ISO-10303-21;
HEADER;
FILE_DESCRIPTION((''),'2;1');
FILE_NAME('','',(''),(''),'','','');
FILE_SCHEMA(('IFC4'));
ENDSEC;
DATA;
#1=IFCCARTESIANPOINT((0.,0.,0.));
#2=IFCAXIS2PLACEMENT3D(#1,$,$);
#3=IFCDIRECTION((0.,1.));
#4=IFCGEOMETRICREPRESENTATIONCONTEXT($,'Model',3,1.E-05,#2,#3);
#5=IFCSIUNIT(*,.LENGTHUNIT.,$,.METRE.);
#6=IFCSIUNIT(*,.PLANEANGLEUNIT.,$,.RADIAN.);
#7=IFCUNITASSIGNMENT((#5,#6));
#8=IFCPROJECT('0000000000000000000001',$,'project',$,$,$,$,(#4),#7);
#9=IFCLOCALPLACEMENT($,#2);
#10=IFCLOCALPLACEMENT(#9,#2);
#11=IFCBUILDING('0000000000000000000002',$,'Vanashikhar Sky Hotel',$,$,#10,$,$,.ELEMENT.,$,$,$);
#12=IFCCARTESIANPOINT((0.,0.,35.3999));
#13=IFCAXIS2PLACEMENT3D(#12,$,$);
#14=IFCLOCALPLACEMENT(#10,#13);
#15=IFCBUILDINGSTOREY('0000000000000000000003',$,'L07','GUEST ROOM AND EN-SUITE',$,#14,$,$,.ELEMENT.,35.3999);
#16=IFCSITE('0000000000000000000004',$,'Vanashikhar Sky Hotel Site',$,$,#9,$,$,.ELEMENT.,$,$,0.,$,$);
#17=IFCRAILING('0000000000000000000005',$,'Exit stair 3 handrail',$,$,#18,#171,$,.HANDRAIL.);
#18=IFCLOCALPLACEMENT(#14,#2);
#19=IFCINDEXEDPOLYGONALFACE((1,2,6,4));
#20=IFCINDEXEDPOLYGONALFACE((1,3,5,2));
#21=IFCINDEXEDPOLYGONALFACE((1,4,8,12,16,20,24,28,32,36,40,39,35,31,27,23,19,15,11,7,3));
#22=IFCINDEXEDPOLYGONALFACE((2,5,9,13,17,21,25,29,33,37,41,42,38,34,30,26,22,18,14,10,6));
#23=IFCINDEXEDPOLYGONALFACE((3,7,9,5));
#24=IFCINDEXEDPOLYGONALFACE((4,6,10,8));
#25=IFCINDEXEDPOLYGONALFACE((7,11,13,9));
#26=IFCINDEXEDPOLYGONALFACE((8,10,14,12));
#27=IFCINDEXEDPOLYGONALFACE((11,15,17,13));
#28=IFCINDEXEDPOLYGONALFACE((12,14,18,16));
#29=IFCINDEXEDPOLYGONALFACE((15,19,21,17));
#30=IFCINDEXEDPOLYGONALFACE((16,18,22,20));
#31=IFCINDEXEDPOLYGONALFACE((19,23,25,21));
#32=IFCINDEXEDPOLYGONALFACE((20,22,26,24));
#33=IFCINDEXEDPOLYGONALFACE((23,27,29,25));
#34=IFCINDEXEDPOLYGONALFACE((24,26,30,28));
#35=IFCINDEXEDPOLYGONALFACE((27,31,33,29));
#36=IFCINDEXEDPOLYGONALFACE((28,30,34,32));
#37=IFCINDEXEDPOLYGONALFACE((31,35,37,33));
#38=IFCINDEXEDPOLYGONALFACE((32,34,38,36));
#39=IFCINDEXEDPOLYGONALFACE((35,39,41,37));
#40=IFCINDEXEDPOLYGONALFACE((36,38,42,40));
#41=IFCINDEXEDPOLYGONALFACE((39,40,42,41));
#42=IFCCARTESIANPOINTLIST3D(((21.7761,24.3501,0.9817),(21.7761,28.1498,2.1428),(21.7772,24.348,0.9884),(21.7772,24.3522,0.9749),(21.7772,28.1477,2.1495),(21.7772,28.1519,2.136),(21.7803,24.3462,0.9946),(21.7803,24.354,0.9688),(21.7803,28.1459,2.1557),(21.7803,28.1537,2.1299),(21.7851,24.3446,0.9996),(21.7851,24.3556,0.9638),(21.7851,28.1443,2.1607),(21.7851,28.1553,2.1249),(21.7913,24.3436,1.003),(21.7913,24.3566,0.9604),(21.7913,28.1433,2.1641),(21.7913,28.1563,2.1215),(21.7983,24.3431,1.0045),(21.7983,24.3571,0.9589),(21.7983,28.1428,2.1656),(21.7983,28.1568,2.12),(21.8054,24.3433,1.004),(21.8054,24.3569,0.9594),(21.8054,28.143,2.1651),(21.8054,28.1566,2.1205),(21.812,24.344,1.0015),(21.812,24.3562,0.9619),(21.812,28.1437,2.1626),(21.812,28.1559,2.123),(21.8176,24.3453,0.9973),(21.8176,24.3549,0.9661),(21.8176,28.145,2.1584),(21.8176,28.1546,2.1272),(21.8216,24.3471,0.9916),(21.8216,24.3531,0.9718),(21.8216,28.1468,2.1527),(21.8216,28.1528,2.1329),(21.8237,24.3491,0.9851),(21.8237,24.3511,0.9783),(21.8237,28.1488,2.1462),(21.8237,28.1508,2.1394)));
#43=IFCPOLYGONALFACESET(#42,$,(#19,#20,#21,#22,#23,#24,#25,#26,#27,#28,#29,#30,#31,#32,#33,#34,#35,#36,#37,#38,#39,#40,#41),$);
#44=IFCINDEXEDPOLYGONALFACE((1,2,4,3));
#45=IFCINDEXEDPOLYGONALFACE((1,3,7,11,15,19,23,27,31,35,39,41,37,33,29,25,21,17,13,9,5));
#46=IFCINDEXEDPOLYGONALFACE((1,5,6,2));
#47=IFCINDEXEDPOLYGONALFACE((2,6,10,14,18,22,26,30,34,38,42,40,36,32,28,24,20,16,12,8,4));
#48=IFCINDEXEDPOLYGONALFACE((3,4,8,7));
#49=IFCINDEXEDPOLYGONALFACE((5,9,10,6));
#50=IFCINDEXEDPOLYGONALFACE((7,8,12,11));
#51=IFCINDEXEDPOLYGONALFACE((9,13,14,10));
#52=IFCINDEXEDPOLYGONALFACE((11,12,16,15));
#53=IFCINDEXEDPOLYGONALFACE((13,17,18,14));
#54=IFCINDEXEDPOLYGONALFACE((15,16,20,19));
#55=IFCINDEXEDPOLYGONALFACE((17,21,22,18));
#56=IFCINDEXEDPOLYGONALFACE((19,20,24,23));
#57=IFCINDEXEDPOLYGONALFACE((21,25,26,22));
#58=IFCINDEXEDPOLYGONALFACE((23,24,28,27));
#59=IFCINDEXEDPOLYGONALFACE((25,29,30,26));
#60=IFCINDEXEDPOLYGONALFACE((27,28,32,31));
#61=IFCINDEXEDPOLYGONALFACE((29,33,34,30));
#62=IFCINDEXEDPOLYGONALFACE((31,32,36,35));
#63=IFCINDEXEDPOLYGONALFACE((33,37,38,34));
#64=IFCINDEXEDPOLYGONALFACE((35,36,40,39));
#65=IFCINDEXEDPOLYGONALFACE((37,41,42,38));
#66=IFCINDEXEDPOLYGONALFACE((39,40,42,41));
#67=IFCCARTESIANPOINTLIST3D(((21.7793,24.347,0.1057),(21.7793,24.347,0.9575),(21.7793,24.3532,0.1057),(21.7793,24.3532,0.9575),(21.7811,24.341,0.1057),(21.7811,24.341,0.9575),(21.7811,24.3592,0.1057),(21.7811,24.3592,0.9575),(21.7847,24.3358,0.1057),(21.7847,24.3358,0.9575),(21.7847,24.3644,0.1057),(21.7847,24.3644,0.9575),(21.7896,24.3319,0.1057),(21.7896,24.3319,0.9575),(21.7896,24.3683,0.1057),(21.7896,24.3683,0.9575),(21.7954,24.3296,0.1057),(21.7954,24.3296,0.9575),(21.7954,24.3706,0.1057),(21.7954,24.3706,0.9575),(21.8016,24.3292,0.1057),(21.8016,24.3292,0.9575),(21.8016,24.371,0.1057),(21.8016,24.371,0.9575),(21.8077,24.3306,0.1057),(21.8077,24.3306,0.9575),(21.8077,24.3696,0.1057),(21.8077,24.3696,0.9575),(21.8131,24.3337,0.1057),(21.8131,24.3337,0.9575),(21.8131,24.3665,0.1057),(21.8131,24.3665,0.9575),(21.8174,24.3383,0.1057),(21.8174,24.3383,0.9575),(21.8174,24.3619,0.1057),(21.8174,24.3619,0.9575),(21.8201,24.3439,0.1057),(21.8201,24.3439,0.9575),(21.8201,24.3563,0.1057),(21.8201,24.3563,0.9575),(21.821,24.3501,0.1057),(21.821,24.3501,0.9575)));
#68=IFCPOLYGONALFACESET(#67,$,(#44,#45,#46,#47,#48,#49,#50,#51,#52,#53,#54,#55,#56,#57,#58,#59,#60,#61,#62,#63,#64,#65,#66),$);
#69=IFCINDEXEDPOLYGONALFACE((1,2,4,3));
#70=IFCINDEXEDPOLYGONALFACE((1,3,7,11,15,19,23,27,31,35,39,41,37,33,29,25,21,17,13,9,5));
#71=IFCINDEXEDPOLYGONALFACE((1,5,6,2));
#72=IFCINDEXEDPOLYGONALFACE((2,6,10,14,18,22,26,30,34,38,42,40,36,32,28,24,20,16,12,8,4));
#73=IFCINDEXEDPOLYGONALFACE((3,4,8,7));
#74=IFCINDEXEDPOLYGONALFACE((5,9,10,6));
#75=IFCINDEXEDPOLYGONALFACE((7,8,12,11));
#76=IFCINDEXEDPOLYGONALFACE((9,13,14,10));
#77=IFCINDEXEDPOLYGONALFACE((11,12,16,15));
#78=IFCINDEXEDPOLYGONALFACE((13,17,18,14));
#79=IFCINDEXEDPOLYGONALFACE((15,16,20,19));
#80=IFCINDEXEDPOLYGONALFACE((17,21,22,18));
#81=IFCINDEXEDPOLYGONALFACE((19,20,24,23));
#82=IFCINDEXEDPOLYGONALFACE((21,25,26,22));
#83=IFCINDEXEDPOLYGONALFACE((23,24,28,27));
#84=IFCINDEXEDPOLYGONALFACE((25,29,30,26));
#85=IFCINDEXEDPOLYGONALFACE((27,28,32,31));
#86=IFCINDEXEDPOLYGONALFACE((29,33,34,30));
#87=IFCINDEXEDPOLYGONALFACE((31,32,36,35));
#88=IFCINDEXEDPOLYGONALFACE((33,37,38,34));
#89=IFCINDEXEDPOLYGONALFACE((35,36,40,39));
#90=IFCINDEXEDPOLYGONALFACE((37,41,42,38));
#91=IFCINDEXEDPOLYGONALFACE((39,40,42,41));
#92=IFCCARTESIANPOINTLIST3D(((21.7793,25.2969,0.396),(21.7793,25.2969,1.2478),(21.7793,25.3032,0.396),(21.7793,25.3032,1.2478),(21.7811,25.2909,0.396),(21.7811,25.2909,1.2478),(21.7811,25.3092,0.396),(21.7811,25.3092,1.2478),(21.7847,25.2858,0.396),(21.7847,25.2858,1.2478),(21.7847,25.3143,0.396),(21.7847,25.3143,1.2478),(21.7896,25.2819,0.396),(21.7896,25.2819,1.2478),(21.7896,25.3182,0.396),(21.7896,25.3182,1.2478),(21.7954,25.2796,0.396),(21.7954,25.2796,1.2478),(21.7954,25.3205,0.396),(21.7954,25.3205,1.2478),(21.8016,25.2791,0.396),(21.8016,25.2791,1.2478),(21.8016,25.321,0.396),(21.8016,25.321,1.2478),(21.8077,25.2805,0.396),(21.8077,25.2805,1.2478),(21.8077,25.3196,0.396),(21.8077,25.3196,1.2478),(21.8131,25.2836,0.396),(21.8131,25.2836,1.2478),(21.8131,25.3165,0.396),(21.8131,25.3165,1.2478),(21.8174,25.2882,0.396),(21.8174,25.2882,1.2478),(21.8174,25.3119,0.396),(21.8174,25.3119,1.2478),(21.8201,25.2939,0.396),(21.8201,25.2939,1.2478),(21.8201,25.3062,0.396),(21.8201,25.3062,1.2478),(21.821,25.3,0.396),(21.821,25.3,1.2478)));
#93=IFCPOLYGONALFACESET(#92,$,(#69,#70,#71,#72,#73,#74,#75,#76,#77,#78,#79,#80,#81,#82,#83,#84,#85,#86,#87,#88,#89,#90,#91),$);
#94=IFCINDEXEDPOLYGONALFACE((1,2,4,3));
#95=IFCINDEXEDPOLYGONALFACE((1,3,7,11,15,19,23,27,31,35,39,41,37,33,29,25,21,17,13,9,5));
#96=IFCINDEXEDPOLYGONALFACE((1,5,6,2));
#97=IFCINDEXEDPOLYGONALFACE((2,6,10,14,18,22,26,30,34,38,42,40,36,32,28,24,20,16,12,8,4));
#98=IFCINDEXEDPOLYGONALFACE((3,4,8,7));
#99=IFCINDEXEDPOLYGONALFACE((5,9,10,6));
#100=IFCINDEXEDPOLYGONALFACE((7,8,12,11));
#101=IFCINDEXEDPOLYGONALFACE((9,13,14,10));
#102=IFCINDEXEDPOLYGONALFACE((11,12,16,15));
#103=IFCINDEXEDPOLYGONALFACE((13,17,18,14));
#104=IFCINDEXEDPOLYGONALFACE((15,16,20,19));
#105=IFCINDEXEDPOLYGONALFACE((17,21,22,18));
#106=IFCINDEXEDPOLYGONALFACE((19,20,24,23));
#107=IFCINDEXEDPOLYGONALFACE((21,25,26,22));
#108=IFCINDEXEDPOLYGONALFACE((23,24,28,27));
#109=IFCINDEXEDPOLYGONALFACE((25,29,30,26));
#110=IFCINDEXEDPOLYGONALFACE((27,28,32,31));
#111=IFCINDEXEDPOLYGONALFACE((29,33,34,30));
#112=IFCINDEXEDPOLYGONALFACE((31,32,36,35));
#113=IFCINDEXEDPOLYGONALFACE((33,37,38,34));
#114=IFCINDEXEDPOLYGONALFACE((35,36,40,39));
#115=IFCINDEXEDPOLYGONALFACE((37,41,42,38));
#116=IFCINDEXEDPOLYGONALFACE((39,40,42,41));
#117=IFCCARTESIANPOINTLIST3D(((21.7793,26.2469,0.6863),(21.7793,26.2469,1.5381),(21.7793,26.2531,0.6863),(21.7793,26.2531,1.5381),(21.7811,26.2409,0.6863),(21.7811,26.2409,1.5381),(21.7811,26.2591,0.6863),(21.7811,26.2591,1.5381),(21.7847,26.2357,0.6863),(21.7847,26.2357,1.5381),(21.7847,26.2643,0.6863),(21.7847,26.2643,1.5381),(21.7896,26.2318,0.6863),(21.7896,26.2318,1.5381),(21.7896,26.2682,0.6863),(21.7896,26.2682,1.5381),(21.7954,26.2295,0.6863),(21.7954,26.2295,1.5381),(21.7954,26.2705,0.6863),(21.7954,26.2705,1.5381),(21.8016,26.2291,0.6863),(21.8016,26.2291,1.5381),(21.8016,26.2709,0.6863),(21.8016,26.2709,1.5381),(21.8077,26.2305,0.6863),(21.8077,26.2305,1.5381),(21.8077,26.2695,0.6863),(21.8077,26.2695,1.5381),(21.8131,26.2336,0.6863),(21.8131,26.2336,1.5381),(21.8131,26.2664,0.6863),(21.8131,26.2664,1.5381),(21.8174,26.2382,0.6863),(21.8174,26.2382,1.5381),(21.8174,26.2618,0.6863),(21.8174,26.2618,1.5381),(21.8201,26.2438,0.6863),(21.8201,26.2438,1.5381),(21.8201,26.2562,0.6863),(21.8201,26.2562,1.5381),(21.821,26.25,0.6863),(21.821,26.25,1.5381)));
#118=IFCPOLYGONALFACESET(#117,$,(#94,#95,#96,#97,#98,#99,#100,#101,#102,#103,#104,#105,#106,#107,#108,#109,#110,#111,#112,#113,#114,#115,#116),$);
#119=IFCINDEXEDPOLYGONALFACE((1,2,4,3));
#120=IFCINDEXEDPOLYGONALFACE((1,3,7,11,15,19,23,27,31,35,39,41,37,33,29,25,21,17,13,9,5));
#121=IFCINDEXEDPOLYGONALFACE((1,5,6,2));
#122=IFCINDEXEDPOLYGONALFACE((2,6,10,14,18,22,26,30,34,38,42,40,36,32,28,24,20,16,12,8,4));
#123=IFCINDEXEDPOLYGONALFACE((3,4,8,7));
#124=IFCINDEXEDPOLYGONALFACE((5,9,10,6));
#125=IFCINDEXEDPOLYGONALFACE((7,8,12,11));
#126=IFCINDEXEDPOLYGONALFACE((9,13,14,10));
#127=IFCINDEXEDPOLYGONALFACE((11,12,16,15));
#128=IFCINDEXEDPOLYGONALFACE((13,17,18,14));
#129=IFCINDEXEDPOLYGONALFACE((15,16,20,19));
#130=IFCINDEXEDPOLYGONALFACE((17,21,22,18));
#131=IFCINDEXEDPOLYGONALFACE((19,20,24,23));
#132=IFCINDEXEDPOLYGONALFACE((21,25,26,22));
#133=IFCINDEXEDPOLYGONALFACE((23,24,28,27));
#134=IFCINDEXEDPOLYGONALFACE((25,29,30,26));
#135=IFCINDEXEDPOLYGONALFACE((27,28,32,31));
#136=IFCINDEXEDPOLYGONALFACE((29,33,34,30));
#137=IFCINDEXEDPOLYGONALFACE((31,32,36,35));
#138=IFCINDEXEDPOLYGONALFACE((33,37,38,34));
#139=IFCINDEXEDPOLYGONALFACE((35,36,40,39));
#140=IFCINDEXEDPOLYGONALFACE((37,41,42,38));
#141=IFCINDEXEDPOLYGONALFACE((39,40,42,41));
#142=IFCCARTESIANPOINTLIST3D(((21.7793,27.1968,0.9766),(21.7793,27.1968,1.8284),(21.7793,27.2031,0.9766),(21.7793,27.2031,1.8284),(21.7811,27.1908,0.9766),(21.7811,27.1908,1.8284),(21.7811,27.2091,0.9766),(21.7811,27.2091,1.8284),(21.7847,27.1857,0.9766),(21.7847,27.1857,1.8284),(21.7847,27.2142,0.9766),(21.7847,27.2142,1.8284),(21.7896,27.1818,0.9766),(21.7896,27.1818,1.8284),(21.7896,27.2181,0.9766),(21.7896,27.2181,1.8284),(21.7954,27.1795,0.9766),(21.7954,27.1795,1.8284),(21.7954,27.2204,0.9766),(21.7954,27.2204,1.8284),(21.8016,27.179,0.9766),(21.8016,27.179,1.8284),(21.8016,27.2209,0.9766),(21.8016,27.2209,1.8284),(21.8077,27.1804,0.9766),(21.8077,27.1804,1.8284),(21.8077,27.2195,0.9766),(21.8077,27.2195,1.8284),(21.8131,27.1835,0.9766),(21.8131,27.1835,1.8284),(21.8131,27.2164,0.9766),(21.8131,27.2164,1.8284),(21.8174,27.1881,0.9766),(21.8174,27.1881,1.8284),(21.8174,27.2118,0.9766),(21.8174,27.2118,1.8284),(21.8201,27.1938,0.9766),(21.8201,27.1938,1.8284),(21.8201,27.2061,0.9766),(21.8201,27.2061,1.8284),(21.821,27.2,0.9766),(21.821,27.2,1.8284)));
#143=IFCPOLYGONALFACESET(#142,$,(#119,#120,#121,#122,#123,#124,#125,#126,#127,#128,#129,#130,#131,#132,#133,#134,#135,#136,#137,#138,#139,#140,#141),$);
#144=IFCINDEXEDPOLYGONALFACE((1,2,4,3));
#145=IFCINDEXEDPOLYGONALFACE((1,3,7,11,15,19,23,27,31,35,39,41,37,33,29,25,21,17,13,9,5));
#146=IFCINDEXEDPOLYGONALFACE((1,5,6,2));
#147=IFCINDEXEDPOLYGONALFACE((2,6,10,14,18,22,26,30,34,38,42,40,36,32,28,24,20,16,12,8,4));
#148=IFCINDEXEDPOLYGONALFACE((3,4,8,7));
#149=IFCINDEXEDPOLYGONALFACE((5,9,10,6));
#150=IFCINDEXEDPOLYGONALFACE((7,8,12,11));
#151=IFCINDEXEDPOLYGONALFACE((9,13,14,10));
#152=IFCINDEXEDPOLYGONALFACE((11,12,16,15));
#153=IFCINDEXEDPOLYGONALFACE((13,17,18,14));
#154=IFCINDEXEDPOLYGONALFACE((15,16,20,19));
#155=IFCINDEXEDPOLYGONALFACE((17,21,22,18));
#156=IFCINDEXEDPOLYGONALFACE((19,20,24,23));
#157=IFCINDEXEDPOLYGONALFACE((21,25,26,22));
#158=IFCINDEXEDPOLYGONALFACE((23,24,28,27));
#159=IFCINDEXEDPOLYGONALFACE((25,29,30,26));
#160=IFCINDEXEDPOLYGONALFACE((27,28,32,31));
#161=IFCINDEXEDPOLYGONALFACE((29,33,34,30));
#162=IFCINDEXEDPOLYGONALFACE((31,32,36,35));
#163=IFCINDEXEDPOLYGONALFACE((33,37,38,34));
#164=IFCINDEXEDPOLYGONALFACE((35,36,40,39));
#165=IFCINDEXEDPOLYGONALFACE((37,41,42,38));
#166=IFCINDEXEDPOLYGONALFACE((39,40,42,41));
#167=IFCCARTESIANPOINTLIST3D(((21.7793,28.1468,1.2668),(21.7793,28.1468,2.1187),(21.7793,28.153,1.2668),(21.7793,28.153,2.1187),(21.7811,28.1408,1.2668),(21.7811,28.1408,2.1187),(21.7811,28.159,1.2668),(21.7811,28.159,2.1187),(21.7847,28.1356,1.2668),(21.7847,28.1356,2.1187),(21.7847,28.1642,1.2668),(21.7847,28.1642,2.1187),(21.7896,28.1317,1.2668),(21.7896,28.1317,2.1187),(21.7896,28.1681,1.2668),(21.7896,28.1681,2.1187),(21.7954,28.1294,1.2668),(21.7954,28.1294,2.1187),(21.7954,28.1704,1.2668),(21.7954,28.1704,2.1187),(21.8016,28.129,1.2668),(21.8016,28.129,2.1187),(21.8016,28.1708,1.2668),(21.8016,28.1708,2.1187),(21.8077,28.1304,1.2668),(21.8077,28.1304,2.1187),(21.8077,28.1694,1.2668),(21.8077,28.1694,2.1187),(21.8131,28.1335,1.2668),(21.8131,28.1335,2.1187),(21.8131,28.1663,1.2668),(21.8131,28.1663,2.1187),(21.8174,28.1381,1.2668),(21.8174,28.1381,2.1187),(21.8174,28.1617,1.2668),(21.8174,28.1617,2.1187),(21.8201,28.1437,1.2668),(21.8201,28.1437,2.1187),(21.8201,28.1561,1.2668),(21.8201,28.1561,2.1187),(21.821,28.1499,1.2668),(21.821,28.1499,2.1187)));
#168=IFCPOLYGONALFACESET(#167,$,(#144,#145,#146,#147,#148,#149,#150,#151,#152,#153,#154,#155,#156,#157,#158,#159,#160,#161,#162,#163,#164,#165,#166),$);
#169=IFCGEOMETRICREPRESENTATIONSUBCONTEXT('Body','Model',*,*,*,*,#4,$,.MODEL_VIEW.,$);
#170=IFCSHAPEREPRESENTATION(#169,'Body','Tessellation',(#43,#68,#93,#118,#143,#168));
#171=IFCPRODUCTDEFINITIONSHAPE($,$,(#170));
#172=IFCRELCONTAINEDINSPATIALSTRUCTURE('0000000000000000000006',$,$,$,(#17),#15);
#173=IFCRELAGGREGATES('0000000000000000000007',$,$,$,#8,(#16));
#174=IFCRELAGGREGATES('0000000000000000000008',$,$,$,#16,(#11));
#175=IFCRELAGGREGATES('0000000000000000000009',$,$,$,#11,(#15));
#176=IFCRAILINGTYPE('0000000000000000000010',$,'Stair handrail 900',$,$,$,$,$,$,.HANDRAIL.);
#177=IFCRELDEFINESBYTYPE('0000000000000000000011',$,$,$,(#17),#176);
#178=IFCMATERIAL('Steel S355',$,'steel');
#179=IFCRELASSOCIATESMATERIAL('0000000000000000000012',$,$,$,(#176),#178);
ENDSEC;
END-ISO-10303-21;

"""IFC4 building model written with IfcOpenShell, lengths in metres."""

from ifc_helpers import new_model, si_unit, direction, frame, origin, origin_2d, place, context, subcontext, project, spatial, circle, extrude, source, transform, mapped, material, type_object, element, save


model = new_model("IFC4")

# Units and contexts
model_context = context("Model", 3, precision=1e-05, world=origin(), true_north=direction((0.0, 1.0)))
body_context = subcontext(model_context, "Body", "Model", "MODEL_VIEW")
ifc_project = project(units=[si_unit("LENGTHUNIT", "METRE"), si_unit("PLANEANGLEUNIT", "RADIAN")], contexts=[model_context])

# Site, building, storey
site_placement = place(None, origin())
site = spatial("IfcSite", under=ifc_project, at=site_placement, Name="Vanashikhar Sky Hotel Site", CompositionType="ELEMENT", RefElevation=0.0)
building_placement = place(site_placement, origin())
building = spatial("IfcBuilding", under=site, at=building_placement, Name="Vanashikhar Sky Hotel", CompositionType="ELEMENT")
storey_placement = place(building_placement, frame((0.0, 0.0, 35.3999)))
storey = spatial("IfcBuildingStorey", under=building, at=storey_placement, Name="L07", Description="GUEST ROOM AND EN-SUITE", CompositionType="ELEMENT", Elevation=35.3999)

# Railing
ifc_material_1 = material(Name="Steel S355", Category="steel")
railing_type_1 = type_object("IfcRailingType", Name="Stair handrail 900", PredefinedType="HANDRAIL", material=ifc_material_1)
shared_shape_1 = source(origin(), body_context, "Body", "SweptSolid", [
    extrude(circle(Radius=0.0239, at=origin_2d()), frame((0.0, 0.0, 0.876), z_axis=(0.0, 0.956346, 0.292237), x_axis=(-1.0, 0.0, 0.0)), (0.0, 0.0, 1.0), 3.9731),
    extrude(circle(Radius=0.021, at=origin_2d()), origin(), (0.0, 0.0, 1.0), 0.8518),
    extrude(circle(Radius=0.021, at=origin_2d()), frame((0.0, 0.95, 0.2903)), (0.0, 0.0, 1.0), 0.8518),
    extrude(circle(Radius=0.021, at=origin_2d()), frame((0.0, 1.8999, 0.5806)), (0.0, 0.0, 1.0), 0.8518),
    extrude(circle(Radius=0.021, at=origin_2d()), frame((0.0, 2.8499, 0.8708)), (0.0, 0.0, 1.0), 0.8518),
    extrude(circle(Radius=0.021, at=origin_2d()), frame((0.0, 3.7998, 1.1611)), (0.0, 0.0, 1.0), 0.8518),
])
for number, where, name in (
    (1, (21.8, 24.3501, 0.1057), "Exit stair 3 handrail"),
):
    element("IfcRailing", number, at=place(storey_placement, frame(where)), inside=storey, type_object=railing_type_1, Name=name, PredefinedType="HANDRAIL", context=body_context, shape_type="MappedRepresentation", body=[
        mapped(shared_shape_1, transform((0.0, 0.0, 0.0), scale=1.0)),
    ])

save(model, "model.ifc")
